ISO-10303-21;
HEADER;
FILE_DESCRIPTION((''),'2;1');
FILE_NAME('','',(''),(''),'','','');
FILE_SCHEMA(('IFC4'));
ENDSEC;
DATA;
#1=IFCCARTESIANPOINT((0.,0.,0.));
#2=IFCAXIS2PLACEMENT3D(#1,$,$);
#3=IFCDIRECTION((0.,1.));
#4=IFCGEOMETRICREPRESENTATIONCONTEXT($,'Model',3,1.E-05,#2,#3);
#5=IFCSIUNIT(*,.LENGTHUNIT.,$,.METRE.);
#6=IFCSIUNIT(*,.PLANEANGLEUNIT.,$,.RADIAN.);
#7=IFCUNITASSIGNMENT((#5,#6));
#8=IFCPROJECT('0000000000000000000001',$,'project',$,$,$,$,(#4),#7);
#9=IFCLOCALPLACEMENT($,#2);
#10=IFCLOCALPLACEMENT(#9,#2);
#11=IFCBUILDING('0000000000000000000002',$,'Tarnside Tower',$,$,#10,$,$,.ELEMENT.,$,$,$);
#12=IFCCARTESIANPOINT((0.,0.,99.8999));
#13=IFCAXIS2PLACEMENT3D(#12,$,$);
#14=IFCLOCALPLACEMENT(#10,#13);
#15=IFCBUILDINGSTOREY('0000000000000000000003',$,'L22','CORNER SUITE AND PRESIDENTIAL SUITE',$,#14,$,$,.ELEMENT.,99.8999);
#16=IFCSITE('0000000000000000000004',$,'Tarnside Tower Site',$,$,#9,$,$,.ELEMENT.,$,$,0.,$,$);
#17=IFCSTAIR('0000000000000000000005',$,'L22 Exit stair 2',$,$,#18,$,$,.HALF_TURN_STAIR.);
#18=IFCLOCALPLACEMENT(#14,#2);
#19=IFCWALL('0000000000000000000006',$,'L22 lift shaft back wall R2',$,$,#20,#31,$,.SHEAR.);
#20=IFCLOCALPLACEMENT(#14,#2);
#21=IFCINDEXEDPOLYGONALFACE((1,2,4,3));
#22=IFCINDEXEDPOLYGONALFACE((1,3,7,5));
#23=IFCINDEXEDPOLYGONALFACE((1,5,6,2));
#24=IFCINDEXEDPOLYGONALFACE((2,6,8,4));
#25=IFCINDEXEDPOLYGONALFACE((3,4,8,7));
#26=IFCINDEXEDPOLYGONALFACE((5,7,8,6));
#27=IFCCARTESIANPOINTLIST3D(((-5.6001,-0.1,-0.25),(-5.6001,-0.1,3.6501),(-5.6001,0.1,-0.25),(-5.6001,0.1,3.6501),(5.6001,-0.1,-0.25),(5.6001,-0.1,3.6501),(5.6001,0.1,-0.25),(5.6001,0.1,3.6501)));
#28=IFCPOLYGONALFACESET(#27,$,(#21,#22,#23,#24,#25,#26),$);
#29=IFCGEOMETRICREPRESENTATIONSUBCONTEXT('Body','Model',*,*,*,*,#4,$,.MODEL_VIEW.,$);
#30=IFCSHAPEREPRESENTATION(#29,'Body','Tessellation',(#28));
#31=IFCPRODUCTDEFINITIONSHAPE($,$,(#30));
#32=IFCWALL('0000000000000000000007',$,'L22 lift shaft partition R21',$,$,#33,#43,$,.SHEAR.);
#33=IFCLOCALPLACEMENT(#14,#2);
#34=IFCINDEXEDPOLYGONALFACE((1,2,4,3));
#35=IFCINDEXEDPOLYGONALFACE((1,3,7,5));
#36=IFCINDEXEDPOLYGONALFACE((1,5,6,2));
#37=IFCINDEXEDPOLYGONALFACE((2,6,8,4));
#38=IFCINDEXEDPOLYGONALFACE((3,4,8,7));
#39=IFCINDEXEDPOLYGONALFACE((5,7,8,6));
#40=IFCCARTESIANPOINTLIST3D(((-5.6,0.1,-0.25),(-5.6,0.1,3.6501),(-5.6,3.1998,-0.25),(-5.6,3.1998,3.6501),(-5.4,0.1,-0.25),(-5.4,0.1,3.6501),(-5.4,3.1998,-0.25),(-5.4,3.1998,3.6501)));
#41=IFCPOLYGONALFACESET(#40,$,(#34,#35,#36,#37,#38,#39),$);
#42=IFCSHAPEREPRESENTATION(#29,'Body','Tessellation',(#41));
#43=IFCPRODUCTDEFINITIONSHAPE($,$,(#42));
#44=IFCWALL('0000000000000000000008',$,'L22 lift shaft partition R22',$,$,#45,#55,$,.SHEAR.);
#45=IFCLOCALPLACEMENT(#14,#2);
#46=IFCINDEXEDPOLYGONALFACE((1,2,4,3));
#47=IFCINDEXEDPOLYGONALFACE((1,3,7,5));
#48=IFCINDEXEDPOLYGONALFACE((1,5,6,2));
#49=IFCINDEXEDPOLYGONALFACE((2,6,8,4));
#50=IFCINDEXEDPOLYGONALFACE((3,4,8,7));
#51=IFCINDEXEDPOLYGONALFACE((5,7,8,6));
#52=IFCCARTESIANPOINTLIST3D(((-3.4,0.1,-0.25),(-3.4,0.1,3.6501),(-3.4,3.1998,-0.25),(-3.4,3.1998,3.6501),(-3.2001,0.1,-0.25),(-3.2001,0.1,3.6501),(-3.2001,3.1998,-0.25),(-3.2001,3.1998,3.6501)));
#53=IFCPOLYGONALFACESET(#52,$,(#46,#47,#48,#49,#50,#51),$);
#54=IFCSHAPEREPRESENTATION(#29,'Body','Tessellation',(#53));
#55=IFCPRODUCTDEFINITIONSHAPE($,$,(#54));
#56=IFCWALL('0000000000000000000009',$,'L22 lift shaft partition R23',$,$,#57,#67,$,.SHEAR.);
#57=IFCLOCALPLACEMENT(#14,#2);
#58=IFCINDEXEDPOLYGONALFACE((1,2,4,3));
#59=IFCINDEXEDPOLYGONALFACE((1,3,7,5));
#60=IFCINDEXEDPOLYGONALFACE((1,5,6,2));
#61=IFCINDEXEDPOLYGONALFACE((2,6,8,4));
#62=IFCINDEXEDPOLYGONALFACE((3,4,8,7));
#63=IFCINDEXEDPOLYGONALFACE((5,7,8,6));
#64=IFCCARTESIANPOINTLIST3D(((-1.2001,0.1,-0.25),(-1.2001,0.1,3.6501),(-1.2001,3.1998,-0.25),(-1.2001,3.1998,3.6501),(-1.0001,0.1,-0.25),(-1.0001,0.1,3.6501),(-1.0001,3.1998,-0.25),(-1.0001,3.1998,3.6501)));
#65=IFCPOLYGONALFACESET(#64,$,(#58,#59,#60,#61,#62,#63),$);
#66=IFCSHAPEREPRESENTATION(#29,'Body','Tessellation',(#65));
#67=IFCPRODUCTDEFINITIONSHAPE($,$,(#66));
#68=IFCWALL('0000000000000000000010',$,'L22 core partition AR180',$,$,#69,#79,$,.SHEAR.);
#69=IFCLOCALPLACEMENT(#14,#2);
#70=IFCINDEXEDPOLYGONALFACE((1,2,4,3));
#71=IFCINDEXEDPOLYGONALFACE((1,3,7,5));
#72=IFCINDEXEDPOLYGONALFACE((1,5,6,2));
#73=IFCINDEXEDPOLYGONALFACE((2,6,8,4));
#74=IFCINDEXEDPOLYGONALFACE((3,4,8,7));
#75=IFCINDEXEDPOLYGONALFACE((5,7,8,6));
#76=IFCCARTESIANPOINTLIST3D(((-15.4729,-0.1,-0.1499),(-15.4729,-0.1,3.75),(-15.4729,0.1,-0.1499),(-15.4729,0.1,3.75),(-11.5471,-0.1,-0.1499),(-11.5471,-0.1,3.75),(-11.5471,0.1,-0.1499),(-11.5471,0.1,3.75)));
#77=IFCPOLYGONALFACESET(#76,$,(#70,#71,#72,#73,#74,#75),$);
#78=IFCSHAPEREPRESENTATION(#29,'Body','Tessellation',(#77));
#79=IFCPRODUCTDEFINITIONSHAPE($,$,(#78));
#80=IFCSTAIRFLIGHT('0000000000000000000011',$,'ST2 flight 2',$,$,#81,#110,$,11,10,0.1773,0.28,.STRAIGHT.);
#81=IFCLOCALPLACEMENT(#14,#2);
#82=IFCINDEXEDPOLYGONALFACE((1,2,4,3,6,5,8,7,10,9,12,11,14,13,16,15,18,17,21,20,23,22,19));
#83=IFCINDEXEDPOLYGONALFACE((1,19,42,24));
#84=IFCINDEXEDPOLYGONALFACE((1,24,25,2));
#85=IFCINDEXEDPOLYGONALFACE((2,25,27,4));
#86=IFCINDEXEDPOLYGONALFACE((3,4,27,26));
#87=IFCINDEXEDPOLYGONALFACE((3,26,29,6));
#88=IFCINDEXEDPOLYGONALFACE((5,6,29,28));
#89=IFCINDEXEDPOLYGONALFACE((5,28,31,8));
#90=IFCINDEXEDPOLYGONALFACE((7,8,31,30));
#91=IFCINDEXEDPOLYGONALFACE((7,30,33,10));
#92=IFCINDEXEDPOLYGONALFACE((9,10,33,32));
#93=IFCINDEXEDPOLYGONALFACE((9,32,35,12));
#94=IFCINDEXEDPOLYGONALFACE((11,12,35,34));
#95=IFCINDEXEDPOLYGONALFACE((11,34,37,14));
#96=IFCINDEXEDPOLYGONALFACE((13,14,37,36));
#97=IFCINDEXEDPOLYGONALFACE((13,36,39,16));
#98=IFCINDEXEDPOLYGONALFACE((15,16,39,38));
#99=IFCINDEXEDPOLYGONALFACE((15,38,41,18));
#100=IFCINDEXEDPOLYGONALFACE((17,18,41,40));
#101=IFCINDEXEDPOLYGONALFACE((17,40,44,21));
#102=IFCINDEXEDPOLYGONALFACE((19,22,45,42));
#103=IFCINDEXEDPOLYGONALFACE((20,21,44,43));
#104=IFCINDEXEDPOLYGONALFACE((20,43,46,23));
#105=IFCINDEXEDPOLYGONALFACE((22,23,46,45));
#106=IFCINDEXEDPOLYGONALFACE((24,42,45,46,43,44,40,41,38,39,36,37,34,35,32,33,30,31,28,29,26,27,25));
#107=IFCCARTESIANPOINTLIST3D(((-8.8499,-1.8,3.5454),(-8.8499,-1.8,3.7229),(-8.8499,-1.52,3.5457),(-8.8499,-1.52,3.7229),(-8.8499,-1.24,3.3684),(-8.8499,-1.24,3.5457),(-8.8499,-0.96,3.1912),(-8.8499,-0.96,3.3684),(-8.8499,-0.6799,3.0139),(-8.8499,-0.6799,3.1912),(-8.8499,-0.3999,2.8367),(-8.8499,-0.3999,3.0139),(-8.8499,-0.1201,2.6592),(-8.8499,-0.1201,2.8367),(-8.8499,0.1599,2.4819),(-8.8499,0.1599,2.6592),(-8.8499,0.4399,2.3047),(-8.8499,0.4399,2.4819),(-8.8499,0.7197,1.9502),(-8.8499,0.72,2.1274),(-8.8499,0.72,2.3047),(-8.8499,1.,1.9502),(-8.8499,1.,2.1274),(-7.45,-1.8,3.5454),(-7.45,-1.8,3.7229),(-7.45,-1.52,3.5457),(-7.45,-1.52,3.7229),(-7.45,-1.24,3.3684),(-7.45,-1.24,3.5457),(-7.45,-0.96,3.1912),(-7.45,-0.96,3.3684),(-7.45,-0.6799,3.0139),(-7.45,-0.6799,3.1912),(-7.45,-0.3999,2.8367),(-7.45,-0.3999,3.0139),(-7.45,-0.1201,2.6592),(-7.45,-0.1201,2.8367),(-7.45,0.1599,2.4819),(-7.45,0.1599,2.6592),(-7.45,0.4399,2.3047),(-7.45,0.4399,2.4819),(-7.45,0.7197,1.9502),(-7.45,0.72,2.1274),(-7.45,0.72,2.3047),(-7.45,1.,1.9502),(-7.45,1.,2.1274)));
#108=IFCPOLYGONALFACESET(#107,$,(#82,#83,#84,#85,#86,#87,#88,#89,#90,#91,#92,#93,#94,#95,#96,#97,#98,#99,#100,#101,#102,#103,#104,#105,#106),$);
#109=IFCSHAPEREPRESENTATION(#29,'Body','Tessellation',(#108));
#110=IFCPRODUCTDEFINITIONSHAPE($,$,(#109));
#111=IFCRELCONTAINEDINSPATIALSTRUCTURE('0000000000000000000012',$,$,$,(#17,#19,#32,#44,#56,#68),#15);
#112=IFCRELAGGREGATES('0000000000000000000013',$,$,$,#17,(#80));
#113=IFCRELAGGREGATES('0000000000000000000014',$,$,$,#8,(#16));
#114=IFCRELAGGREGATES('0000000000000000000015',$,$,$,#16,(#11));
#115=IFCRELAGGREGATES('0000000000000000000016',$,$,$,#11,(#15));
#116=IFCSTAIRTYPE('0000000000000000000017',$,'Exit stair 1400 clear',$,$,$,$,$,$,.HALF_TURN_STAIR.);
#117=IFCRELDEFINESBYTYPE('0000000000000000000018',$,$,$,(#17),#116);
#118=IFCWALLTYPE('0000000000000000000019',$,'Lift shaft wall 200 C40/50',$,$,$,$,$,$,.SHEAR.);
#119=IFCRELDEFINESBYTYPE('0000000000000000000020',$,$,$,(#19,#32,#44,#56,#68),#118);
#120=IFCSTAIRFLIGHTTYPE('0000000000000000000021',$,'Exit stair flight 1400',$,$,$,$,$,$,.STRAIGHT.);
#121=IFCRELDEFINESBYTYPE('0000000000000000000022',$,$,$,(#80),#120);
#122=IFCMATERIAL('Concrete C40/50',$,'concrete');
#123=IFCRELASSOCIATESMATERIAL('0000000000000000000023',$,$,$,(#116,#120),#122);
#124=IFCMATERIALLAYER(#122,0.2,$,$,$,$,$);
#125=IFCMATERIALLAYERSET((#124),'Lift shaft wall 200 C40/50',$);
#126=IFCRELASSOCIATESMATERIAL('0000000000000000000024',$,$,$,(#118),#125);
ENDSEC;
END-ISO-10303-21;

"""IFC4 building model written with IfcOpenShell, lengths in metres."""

from ifc_helpers import new_model, si_unit, direction, frame, frame_2d, origin, place, context, subcontext, project, spatial, polyline, rectangle, outline, extrude, material, layer, layer_set, type_object, element, aggregate, save


model = new_model("IFC4")

# Units and contexts
model_context = context("Model", 3, precision=1e-05, world=origin(), true_north=direction((0.0, 1.0)))
body_context = subcontext(model_context, "Body", "Model", "MODEL_VIEW")
ifc_project = project(units=[si_unit("LENGTHUNIT", "METRE"), si_unit("PLANEANGLEUNIT", "RADIAN")], contexts=[model_context])

# Site, building, storey
site_placement = place(None, origin())
site = spatial("IfcSite", under=ifc_project, at=site_placement, Name="Tarnside Tower Site", CompositionType="ELEMENT", RefElevation=0.0)
building_placement = place(site_placement, origin())
building = spatial("IfcBuilding", under=site, at=building_placement, Name="Tarnside Tower", CompositionType="ELEMENT")
storey_placement = place(building_placement, frame((0.0, 0.0, 99.8999)))
storey = spatial("IfcBuildingStorey", under=building, at=storey_placement, Name="L22", Description="CORNER SUITE AND PRESIDENTIAL SUITE", CompositionType="ELEMENT", Elevation=99.8999)

# Shared definitions
ifc_material_1 = material(Name="Concrete C40/50", Category="concrete")

# Stair
stair_type = type_object("IfcStairType", Name="Exit stair 1400 clear", PredefinedType="HALF_TURN_STAIR", material=ifc_material_1)
stair_1_placement = place(storey_placement, origin())
stair_1 = element("IfcStair", 1, at=stair_1_placement, inside=storey, type_object=stair_type, Name="L22 Exit stair 2", PredefinedType="HALF_TURN_STAIR")

# Walls
ifc_layer_1 = layer(ifc_material_1, 0.2)
ifc_layer_set_1 = layer_set([ifc_layer_1], Name="Lift shaft wall 200 C40/50")
wall_type_1 = type_object("IfcWallType", Name="Lift shaft wall 200 C40/50", PredefinedType="SHEAR", material=ifc_layer_set_1)
wall_1_placement = place(storey_placement, frame((-5.6001, 0.0, -0.25), z_axis=(0.0, 0.0, 1.0), x_axis=(1.0, 0.0, 0.0)))
element("IfcWall", 2, at=wall_1_placement, inside=storey, type_object=wall_type_1, Name="L22 lift shaft back wall R2", PredefinedType="SHEAR", context=body_context, shape_type="SweptSolid", body=[
    extrude(rectangle(XDim=11.2002, YDim=0.2, at=frame_2d((5.6001, 0.0))), origin(), (0.0, 0.0, 1.0), 3.9001),
])
for number, where, z_axis, x_axis, name in (
    (3, (-5.5, 0.1001, -0.25), (0.0, 0.0, 1.0), (0.0, 1.0, 0.0), "L22 lift shaft partition R21"),
    (4, (-3.3, 0.1001, -0.25), (0.0, 0.0, 1.0), (0.0, 1.0, 0.0), "L22 lift shaft partition R22"),
    (5, (-1.1001, 0.1001, -0.25), (0.0, 0.0, 1.0), (0.0, 1.0, 0.0), "L22 lift shaft partition R23"),
):
    element("IfcWall", number, at=place(storey_placement, frame(where, z_axis=z_axis, x_axis=x_axis)), inside=storey, type_object=wall_type_1, Name=name, PredefinedType="SHEAR", context=body_context, shape_type="SweptSolid", body=[
        extrude(rectangle(XDim=3.0999, YDim=0.2, at=frame_2d((1.5498, 0.0))), origin(), (0.0, 0.0, 1.0), 3.9001),
    ])
wall_2_placement = place(storey_placement, frame((-11.5471, 0.0, -0.1499), z_axis=(0.0, 0.0, 1.0), x_axis=(-1.0, 0.0, 0.0)))
element("IfcWall", 6, at=wall_2_placement, inside=storey, type_object=wall_type_1, Name="L22 core partition AR180", PredefinedType="SHEAR", context=body_context, shape_type="SweptSolid", body=[
    extrude(rectangle(XDim=3.9258, YDim=0.2, at=frame_2d((1.9629, 0.0))), origin(), (0.0, 0.0, 1.0), 3.8999),
])

# Stair flight
stair_flight_type = type_object("IfcStairFlightType", Name="Exit stair flight 1400", PredefinedType="STRAIGHT", material=ifc_material_1)
stair_flight_placement = place(storey_placement, frame((-8.1499, 1.0, 1.9502), z_axis=(0.0, 0.0, 1.0), x_axis=(0.0, -1.0, 0.0)))
stair_flight = element("IfcStairFlight", 7, at=stair_flight_placement, type_object=stair_flight_type, Name="ST2 flight 2", NumberOfRisers=11, NumberOfTreads=10, PredefinedType="STRAIGHT", RiserHeight=0.1773, TreadLength=0.28, context=body_context, shape_type="SweptSolid", body=[
    extrude(outline(polyline([(0.0, 0.0), (0.0, 0.1772), (0.28, 0.1772), (0.28, 0.3545), (0.5601, 0.3545), (0.5601, 0.5317), (0.8401, 0.5317), (0.8401, 0.709), (1.1201, 0.709), (1.1201, 0.8865), (1.3999, 0.8865), (1.3999, 1.0637), (1.6799, 1.0637), (1.6799, 1.241), (1.96, 1.241), (1.96, 1.4182), (2.24, 1.4182), (2.24, 1.5955), (2.52, 1.5955), (2.52, 1.7727), (2.8, 1.7727), (2.8, 1.95), (2.8, 1.5952), (0.2803, 0.0), (0.0, 0.0)])), frame((0.0, 0.7, 0.0), z_axis=(0.0, -1.0, 0.0), x_axis=(1.0, 0.0, 0.0)), (0.0, 0.0, 1.0), 1.3999),
])
aggregate(stair_1, [stair_flight])

save(model, "model.ifc")
